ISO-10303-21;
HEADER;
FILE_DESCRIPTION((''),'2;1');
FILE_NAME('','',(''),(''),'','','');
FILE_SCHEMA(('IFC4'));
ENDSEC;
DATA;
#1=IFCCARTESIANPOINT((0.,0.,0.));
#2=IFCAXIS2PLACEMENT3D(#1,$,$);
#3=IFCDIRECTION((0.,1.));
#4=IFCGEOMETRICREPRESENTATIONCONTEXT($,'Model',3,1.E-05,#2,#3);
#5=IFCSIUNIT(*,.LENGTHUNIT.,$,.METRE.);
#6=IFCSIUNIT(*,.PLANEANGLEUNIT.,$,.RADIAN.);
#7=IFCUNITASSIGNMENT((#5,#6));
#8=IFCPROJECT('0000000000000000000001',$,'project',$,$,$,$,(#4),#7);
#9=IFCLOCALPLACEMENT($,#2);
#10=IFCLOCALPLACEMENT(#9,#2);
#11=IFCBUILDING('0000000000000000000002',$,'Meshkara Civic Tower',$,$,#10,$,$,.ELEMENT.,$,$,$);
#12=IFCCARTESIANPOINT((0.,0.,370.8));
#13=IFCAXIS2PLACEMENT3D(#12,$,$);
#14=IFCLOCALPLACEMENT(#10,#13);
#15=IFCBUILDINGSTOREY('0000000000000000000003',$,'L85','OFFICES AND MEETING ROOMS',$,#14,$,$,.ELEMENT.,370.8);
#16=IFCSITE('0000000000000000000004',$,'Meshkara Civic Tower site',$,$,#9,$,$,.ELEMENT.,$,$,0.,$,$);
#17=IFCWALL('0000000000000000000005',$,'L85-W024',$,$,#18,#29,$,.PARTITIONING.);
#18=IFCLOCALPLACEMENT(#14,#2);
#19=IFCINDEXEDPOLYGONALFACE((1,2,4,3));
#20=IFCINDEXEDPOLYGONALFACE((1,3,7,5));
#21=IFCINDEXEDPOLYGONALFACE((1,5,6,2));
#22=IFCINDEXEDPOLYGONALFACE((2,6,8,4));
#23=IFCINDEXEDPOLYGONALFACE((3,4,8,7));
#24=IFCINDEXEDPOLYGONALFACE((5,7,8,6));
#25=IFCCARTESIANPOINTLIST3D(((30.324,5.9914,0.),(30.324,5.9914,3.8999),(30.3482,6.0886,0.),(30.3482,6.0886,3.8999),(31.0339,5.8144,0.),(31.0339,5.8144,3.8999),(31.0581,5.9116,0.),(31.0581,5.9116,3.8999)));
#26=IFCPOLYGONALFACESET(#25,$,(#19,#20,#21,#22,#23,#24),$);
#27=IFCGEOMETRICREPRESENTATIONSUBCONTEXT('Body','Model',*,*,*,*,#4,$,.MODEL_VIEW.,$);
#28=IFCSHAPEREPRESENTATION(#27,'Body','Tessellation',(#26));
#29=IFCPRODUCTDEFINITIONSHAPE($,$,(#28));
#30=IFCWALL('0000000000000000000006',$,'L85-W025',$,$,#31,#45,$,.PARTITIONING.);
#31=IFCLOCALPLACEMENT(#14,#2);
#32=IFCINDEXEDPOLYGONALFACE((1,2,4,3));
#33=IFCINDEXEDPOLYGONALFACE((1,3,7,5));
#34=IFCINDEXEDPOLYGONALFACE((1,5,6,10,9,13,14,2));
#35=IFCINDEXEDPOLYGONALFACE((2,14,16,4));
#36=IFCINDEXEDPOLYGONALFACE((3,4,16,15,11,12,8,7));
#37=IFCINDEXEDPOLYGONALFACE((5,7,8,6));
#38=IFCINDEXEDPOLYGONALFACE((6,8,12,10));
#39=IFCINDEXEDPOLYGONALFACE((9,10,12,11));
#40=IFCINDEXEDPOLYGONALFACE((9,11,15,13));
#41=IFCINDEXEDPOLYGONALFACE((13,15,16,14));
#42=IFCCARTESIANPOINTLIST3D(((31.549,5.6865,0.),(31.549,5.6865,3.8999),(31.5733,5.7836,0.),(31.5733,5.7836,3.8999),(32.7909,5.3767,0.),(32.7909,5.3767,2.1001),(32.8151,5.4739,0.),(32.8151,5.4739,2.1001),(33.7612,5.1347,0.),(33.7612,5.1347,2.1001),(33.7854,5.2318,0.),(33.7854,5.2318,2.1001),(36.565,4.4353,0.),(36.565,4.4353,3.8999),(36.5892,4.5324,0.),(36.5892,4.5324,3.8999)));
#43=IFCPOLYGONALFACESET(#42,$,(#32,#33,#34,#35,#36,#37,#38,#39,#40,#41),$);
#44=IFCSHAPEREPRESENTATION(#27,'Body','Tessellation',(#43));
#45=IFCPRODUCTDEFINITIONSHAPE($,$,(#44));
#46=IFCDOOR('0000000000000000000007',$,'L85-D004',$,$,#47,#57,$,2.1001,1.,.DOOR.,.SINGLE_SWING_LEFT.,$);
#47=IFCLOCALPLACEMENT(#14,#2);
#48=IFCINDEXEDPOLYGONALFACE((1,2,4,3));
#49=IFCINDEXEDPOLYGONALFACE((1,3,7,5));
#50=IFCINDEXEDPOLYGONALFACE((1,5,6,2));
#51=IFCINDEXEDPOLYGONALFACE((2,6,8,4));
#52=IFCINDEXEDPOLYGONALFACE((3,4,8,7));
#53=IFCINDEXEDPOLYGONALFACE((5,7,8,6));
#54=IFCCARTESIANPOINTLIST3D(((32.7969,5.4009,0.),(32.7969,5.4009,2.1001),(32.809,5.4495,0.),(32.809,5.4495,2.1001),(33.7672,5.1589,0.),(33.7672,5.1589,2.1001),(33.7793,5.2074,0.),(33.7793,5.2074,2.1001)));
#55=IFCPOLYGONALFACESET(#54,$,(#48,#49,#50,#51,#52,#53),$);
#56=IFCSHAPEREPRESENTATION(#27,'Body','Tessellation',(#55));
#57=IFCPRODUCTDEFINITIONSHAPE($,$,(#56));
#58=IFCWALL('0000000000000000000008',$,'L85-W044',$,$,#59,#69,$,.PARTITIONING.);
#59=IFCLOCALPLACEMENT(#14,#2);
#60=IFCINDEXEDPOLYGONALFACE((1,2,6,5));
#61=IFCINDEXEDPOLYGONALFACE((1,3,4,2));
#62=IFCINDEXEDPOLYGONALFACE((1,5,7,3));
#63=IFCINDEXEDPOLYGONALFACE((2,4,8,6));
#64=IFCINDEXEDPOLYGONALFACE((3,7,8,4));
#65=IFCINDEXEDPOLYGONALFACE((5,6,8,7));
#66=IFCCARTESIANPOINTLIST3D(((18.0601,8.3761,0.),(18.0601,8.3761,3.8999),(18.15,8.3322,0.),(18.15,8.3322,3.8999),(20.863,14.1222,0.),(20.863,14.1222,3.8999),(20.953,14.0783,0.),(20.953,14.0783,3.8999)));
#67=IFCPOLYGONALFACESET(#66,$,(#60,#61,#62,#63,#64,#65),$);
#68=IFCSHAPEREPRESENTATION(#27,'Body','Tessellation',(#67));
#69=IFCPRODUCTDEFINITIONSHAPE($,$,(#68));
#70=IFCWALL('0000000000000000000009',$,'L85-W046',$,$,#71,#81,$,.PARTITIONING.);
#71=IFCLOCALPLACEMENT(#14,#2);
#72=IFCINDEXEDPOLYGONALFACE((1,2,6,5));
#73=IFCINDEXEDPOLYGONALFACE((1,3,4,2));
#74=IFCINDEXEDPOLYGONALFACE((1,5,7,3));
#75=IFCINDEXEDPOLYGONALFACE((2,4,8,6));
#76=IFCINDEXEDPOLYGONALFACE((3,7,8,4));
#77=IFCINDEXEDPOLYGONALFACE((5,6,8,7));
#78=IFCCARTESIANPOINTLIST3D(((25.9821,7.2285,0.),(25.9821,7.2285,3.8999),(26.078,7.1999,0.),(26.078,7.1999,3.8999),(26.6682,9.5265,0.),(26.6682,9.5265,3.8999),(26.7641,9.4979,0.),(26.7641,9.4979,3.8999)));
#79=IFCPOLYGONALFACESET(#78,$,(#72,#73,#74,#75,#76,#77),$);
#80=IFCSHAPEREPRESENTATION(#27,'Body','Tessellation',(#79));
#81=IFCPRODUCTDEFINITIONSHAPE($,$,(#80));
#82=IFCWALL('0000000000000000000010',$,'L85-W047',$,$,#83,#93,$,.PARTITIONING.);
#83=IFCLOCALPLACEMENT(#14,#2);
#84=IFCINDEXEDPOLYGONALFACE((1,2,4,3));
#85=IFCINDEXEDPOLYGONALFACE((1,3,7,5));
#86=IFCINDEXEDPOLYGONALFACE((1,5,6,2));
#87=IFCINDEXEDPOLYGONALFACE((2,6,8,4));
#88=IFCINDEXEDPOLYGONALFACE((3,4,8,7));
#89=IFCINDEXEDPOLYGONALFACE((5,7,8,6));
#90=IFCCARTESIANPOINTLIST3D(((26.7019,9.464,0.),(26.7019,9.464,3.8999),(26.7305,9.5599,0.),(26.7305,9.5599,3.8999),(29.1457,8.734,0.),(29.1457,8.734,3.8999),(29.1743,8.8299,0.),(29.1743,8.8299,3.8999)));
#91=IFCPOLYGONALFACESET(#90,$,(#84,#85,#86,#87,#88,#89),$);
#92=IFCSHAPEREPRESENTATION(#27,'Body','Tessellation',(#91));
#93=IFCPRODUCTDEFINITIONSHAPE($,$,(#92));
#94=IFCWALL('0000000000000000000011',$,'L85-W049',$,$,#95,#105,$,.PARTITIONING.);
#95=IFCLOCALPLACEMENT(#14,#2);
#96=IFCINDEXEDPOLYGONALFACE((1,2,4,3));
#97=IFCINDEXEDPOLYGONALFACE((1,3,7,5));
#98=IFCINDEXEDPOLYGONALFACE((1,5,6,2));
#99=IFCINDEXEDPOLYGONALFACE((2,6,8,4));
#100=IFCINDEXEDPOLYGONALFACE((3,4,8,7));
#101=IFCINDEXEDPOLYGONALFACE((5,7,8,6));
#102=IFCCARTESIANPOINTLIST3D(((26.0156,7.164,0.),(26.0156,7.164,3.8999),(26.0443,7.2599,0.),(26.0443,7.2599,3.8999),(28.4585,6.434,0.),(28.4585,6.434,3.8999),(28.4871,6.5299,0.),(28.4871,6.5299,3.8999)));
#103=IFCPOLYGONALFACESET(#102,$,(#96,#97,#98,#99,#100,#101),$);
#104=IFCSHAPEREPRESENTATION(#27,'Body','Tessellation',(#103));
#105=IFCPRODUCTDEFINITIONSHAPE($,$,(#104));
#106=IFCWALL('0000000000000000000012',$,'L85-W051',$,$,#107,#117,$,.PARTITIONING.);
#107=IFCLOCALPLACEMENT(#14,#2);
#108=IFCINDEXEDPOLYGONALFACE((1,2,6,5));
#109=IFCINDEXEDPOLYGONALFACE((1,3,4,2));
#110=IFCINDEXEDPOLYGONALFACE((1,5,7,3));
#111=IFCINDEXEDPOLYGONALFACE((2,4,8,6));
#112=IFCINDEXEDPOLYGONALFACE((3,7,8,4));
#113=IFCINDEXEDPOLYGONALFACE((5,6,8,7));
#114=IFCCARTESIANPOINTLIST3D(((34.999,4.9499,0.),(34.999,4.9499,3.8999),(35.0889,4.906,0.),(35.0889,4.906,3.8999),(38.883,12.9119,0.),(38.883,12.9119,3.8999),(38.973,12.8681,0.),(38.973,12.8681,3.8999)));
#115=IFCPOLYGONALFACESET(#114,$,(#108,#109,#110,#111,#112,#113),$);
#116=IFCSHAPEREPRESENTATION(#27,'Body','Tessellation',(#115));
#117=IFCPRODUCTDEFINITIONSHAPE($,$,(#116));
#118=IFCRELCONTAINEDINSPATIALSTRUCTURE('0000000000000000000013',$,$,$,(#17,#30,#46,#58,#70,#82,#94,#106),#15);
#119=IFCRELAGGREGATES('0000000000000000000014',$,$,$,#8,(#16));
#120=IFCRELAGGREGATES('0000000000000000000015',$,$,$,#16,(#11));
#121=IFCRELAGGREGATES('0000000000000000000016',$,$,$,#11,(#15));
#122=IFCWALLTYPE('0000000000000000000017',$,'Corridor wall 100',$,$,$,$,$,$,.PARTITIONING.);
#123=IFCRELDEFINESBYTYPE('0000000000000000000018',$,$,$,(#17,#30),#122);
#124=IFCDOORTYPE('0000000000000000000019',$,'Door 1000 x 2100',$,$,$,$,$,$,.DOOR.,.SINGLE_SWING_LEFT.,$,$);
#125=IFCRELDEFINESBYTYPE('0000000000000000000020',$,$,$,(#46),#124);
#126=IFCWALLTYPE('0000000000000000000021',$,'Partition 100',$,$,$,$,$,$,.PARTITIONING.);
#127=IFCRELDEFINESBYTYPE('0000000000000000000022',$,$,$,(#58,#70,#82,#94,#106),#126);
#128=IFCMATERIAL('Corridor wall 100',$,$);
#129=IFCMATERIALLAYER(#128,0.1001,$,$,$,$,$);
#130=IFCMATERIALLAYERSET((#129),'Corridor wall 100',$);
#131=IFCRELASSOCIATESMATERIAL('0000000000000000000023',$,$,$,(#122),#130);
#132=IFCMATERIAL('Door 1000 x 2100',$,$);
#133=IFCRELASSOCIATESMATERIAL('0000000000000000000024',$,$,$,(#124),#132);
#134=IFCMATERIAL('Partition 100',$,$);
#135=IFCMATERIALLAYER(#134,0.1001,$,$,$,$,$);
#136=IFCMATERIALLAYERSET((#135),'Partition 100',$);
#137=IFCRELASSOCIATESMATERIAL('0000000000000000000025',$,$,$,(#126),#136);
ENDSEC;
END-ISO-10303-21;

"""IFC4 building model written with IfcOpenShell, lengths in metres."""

from ifc_helpers import new_model, si_unit, direction, frame, frame_2d, origin, place, context, subcontext, project, spatial, rectangle, extrude, material, layer, layer_set, type_object, element, fill, save


model = new_model("IFC4")

# Units and contexts
model_context = context("Model", 3, precision=1e-05, world=origin(), true_north=direction((0.0, 1.0)))
body_context = subcontext(model_context, "Body", "Model", "MODEL_VIEW")
ifc_project = project(units=[si_unit("LENGTHUNIT", "METRE"), si_unit("PLANEANGLEUNIT", "RADIAN")], contexts=[model_context])

# Site, building, storey
site_placement = place(None, origin())
site = spatial("IfcSite", under=ifc_project, at=site_placement, Name="Meshkara Civic Tower site", CompositionType="ELEMENT", RefElevation=0.0)
building_placement = place(site_placement, origin())
building = spatial("IfcBuilding", under=site, at=building_placement, Name="Meshkara Civic Tower", CompositionType="ELEMENT")
storey_placement = place(building_placement, frame((0.0, 0.0, 370.8)))
storey = spatial("IfcBuildingStorey", under=building, at=storey_placement, Name="L85", Description="OFFICES AND MEETING ROOMS", CompositionType="ELEMENT", Elevation=370.8)

# Shared definitions
ifc_material_1 = material(Name="Corridor wall 100")
ifc_layer_1 = layer(ifc_material_1, 0.1001)
ifc_layer_set_1 = layer_set([ifc_layer_1], Name="Corridor wall 100")
wall_type_1 = type_object("IfcWallType", Name="Corridor wall 100", PredefinedType="PARTITIONING", material=ifc_layer_set_1)

# Shared definitions
ifc_material_2 = material(Name="Door 1000 x 2100")
door_type = type_object("IfcDoorType", Name="Door 1000 x 2100", OperationType="SINGLE_SWING_LEFT", PredefinedType="DOOR", material=ifc_material_2)

# Wall
wall_1_placement = place(storey_placement, frame((31.0459, 5.863, 0.0), z_axis=(0.0, 0.0, 1.0), x_axis=(-0.970299, 0.241907, 0.0)))
element("IfcWall", 1, at=wall_1_placement, inside=storey, type_object=wall_type_1, Name="L85-W024", PredefinedType="PARTITIONING", context=body_context, shape_type="SweptSolid", body=[
    extrude(rectangle(XDim=0.7317, YDim=0.1001, at=frame_2d((0.3657, 0.0))), origin(), (0.0, 0.0, 1.0), 3.8999),
])

# Wall, opening, door
wall_2_placement = place(storey_placement, frame((31.561, 5.7351, 0.0), z_axis=(0.0, 0.0, 1.0), x_axis=(0.970267, -0.242036, 0.0)))
wall_2 = element("IfcWall", 2, at=wall_2_placement, inside=storey, type_object=wall_type_1, Name="L85-W025", PredefinedType="PARTITIONING", context=body_context, shape_type="SweptSolid", body=[
    extrude(rectangle(XDim=5.1697, YDim=0.1001, at=frame_2d((2.585, 0.0))), origin(), (0.0, 0.0, 1.0), 3.8999),
])
opening_1_placement = place(wall_2_placement, frame((1.28, 0.0, 0.0)))
opening_1 = element("IfcOpeningElement", 3, at=opening_1_placement, cuts=wall_2, PredefinedType="OPENING", context=body_context, shape_type="SweptSolid", body=[
    extrude(rectangle(XDim=1.0, YDim=2.1001, at=frame_2d((0.5, 1.05))), frame((0.0, 0.0601, 0.0), z_axis=(0.0, -1.0, 0.0), x_axis=(1.0, 0.0, 0.0)), (0.0, 0.0, 1.0), 0.1201),
])
door_1_placement = place(opening_1_placement, origin())
door_1 = element("IfcDoor", 4, at=door_1_placement, inside=storey, type_object=door_type, Name="L85-D004", OperationType="SINGLE_SWING_LEFT", OverallHeight=2.1001, OverallWidth=1.0, PredefinedType="DOOR", context=body_context, shape_type="SweptSolid", body=[
    extrude(rectangle(XDim=1.0, YDim=2.1001, at=frame_2d((0.5, 1.05))), frame((0.0, 0.0249, 0.0), z_axis=(0.0, -1.0, 0.0), x_axis=(1.0, 0.0, 0.0)), (0.0, 0.0, 1.0), 0.05),
])
fill(opening_1, door_1)

# Walls
ifc_material_3 = material(Name="Partition 100")
ifc_layer_2 = layer(ifc_material_3, 0.1001)
ifc_layer_set_2 = layer_set([ifc_layer_2], Name="Partition 100")
wall_type_2 = type_object("IfcWallType", Name="Partition 100", PredefinedType="PARTITIONING", material=ifc_layer_set_2)
wall_3_placement = place(storey_placement, frame((18.105, 8.354, 0.0), z_axis=(0.0, 0.0, 1.0), x_axis=(0.438424, 0.898768, 0.0)))
element("IfcWall", 5, at=wall_3_placement, inside=storey, type_object=wall_type_2, Name="L85-W044", PredefinedType="PARTITIONING", context=body_context, shape_type="SweptSolid", body=[
    extrude(rectangle(XDim=6.3933, YDim=0.1001, at=frame_2d((3.1968, 0.0))), origin(), (0.0, 0.0, 1.0), 3.8999),
])
wall_4_placement = place(storey_placement, frame((26.03, 7.2141, 0.0), z_axis=(0.0, 0.0, 1.0), x_axis=(0.286077, 0.958207, 0.0)))
element("IfcWall", 6, at=wall_4_placement, inside=storey, type_object=wall_type_2, Name="L85-W046", PredefinedType="PARTITIONING", context=body_context, shape_type="SweptSolid", body=[
    extrude(rectangle(XDim=2.3982, YDim=0.1001, at=frame_2d((1.1992, 0.0))), origin(), (0.0, 0.0, 1.0), 3.8999),
])
wall_5_placement = place(storey_placement, frame((26.7161, 9.512, 0.0), z_axis=(0.0, 0.0, 1.0), x_axis=(0.958168, -0.286206, 0.0)))
element("IfcWall", 7, at=wall_5_placement, inside=storey, type_object=wall_type_2, Name="L85-W047", PredefinedType="PARTITIONING", context=body_context, shape_type="SweptSolid", body=[
    extrude(rectangle(XDim=2.5505, YDim=0.1001, at=frame_2d((1.2754, 0.0))), origin(), (0.0, 0.0, 1.0), 3.8999),
])
wall_6_placement = place(storey_placement, frame((28.4729, 6.4819, 0.0), z_axis=(0.0, 0.0, 1.0), x_axis=(-0.958137, 0.286311, 0.0)))
element("IfcWall", 8, at=wall_6_placement, inside=storey, type_object=wall_type_2, Name="L85-W049", PredefinedType="PARTITIONING", context=body_context, shape_type="SweptSolid", body=[
    extrude(rectangle(XDim=2.5496, YDim=0.1001, at=frame_2d((1.2749, 0.0))), origin(), (0.0, 0.0, 1.0), 3.8999),
])
wall_7_placement = place(storey_placement, frame((35.0439, 4.928, 0.0), z_axis=(0.0, 0.0, 1.0), x_axis=(0.438439, 0.898761, 0.0)))
element("IfcWall", 9, at=wall_7_placement, inside=storey, type_object=wall_type_2, Name="L85-W051", PredefinedType="PARTITIONING", context=body_context, shape_type="SweptSolid", body=[
    extrude(rectangle(XDim=8.8589, YDim=0.1001, at=frame_2d((4.4294, 0.0))), origin(), (0.0, 0.0, 1.0), 3.8999),
])

save(model, "model.ifc")
